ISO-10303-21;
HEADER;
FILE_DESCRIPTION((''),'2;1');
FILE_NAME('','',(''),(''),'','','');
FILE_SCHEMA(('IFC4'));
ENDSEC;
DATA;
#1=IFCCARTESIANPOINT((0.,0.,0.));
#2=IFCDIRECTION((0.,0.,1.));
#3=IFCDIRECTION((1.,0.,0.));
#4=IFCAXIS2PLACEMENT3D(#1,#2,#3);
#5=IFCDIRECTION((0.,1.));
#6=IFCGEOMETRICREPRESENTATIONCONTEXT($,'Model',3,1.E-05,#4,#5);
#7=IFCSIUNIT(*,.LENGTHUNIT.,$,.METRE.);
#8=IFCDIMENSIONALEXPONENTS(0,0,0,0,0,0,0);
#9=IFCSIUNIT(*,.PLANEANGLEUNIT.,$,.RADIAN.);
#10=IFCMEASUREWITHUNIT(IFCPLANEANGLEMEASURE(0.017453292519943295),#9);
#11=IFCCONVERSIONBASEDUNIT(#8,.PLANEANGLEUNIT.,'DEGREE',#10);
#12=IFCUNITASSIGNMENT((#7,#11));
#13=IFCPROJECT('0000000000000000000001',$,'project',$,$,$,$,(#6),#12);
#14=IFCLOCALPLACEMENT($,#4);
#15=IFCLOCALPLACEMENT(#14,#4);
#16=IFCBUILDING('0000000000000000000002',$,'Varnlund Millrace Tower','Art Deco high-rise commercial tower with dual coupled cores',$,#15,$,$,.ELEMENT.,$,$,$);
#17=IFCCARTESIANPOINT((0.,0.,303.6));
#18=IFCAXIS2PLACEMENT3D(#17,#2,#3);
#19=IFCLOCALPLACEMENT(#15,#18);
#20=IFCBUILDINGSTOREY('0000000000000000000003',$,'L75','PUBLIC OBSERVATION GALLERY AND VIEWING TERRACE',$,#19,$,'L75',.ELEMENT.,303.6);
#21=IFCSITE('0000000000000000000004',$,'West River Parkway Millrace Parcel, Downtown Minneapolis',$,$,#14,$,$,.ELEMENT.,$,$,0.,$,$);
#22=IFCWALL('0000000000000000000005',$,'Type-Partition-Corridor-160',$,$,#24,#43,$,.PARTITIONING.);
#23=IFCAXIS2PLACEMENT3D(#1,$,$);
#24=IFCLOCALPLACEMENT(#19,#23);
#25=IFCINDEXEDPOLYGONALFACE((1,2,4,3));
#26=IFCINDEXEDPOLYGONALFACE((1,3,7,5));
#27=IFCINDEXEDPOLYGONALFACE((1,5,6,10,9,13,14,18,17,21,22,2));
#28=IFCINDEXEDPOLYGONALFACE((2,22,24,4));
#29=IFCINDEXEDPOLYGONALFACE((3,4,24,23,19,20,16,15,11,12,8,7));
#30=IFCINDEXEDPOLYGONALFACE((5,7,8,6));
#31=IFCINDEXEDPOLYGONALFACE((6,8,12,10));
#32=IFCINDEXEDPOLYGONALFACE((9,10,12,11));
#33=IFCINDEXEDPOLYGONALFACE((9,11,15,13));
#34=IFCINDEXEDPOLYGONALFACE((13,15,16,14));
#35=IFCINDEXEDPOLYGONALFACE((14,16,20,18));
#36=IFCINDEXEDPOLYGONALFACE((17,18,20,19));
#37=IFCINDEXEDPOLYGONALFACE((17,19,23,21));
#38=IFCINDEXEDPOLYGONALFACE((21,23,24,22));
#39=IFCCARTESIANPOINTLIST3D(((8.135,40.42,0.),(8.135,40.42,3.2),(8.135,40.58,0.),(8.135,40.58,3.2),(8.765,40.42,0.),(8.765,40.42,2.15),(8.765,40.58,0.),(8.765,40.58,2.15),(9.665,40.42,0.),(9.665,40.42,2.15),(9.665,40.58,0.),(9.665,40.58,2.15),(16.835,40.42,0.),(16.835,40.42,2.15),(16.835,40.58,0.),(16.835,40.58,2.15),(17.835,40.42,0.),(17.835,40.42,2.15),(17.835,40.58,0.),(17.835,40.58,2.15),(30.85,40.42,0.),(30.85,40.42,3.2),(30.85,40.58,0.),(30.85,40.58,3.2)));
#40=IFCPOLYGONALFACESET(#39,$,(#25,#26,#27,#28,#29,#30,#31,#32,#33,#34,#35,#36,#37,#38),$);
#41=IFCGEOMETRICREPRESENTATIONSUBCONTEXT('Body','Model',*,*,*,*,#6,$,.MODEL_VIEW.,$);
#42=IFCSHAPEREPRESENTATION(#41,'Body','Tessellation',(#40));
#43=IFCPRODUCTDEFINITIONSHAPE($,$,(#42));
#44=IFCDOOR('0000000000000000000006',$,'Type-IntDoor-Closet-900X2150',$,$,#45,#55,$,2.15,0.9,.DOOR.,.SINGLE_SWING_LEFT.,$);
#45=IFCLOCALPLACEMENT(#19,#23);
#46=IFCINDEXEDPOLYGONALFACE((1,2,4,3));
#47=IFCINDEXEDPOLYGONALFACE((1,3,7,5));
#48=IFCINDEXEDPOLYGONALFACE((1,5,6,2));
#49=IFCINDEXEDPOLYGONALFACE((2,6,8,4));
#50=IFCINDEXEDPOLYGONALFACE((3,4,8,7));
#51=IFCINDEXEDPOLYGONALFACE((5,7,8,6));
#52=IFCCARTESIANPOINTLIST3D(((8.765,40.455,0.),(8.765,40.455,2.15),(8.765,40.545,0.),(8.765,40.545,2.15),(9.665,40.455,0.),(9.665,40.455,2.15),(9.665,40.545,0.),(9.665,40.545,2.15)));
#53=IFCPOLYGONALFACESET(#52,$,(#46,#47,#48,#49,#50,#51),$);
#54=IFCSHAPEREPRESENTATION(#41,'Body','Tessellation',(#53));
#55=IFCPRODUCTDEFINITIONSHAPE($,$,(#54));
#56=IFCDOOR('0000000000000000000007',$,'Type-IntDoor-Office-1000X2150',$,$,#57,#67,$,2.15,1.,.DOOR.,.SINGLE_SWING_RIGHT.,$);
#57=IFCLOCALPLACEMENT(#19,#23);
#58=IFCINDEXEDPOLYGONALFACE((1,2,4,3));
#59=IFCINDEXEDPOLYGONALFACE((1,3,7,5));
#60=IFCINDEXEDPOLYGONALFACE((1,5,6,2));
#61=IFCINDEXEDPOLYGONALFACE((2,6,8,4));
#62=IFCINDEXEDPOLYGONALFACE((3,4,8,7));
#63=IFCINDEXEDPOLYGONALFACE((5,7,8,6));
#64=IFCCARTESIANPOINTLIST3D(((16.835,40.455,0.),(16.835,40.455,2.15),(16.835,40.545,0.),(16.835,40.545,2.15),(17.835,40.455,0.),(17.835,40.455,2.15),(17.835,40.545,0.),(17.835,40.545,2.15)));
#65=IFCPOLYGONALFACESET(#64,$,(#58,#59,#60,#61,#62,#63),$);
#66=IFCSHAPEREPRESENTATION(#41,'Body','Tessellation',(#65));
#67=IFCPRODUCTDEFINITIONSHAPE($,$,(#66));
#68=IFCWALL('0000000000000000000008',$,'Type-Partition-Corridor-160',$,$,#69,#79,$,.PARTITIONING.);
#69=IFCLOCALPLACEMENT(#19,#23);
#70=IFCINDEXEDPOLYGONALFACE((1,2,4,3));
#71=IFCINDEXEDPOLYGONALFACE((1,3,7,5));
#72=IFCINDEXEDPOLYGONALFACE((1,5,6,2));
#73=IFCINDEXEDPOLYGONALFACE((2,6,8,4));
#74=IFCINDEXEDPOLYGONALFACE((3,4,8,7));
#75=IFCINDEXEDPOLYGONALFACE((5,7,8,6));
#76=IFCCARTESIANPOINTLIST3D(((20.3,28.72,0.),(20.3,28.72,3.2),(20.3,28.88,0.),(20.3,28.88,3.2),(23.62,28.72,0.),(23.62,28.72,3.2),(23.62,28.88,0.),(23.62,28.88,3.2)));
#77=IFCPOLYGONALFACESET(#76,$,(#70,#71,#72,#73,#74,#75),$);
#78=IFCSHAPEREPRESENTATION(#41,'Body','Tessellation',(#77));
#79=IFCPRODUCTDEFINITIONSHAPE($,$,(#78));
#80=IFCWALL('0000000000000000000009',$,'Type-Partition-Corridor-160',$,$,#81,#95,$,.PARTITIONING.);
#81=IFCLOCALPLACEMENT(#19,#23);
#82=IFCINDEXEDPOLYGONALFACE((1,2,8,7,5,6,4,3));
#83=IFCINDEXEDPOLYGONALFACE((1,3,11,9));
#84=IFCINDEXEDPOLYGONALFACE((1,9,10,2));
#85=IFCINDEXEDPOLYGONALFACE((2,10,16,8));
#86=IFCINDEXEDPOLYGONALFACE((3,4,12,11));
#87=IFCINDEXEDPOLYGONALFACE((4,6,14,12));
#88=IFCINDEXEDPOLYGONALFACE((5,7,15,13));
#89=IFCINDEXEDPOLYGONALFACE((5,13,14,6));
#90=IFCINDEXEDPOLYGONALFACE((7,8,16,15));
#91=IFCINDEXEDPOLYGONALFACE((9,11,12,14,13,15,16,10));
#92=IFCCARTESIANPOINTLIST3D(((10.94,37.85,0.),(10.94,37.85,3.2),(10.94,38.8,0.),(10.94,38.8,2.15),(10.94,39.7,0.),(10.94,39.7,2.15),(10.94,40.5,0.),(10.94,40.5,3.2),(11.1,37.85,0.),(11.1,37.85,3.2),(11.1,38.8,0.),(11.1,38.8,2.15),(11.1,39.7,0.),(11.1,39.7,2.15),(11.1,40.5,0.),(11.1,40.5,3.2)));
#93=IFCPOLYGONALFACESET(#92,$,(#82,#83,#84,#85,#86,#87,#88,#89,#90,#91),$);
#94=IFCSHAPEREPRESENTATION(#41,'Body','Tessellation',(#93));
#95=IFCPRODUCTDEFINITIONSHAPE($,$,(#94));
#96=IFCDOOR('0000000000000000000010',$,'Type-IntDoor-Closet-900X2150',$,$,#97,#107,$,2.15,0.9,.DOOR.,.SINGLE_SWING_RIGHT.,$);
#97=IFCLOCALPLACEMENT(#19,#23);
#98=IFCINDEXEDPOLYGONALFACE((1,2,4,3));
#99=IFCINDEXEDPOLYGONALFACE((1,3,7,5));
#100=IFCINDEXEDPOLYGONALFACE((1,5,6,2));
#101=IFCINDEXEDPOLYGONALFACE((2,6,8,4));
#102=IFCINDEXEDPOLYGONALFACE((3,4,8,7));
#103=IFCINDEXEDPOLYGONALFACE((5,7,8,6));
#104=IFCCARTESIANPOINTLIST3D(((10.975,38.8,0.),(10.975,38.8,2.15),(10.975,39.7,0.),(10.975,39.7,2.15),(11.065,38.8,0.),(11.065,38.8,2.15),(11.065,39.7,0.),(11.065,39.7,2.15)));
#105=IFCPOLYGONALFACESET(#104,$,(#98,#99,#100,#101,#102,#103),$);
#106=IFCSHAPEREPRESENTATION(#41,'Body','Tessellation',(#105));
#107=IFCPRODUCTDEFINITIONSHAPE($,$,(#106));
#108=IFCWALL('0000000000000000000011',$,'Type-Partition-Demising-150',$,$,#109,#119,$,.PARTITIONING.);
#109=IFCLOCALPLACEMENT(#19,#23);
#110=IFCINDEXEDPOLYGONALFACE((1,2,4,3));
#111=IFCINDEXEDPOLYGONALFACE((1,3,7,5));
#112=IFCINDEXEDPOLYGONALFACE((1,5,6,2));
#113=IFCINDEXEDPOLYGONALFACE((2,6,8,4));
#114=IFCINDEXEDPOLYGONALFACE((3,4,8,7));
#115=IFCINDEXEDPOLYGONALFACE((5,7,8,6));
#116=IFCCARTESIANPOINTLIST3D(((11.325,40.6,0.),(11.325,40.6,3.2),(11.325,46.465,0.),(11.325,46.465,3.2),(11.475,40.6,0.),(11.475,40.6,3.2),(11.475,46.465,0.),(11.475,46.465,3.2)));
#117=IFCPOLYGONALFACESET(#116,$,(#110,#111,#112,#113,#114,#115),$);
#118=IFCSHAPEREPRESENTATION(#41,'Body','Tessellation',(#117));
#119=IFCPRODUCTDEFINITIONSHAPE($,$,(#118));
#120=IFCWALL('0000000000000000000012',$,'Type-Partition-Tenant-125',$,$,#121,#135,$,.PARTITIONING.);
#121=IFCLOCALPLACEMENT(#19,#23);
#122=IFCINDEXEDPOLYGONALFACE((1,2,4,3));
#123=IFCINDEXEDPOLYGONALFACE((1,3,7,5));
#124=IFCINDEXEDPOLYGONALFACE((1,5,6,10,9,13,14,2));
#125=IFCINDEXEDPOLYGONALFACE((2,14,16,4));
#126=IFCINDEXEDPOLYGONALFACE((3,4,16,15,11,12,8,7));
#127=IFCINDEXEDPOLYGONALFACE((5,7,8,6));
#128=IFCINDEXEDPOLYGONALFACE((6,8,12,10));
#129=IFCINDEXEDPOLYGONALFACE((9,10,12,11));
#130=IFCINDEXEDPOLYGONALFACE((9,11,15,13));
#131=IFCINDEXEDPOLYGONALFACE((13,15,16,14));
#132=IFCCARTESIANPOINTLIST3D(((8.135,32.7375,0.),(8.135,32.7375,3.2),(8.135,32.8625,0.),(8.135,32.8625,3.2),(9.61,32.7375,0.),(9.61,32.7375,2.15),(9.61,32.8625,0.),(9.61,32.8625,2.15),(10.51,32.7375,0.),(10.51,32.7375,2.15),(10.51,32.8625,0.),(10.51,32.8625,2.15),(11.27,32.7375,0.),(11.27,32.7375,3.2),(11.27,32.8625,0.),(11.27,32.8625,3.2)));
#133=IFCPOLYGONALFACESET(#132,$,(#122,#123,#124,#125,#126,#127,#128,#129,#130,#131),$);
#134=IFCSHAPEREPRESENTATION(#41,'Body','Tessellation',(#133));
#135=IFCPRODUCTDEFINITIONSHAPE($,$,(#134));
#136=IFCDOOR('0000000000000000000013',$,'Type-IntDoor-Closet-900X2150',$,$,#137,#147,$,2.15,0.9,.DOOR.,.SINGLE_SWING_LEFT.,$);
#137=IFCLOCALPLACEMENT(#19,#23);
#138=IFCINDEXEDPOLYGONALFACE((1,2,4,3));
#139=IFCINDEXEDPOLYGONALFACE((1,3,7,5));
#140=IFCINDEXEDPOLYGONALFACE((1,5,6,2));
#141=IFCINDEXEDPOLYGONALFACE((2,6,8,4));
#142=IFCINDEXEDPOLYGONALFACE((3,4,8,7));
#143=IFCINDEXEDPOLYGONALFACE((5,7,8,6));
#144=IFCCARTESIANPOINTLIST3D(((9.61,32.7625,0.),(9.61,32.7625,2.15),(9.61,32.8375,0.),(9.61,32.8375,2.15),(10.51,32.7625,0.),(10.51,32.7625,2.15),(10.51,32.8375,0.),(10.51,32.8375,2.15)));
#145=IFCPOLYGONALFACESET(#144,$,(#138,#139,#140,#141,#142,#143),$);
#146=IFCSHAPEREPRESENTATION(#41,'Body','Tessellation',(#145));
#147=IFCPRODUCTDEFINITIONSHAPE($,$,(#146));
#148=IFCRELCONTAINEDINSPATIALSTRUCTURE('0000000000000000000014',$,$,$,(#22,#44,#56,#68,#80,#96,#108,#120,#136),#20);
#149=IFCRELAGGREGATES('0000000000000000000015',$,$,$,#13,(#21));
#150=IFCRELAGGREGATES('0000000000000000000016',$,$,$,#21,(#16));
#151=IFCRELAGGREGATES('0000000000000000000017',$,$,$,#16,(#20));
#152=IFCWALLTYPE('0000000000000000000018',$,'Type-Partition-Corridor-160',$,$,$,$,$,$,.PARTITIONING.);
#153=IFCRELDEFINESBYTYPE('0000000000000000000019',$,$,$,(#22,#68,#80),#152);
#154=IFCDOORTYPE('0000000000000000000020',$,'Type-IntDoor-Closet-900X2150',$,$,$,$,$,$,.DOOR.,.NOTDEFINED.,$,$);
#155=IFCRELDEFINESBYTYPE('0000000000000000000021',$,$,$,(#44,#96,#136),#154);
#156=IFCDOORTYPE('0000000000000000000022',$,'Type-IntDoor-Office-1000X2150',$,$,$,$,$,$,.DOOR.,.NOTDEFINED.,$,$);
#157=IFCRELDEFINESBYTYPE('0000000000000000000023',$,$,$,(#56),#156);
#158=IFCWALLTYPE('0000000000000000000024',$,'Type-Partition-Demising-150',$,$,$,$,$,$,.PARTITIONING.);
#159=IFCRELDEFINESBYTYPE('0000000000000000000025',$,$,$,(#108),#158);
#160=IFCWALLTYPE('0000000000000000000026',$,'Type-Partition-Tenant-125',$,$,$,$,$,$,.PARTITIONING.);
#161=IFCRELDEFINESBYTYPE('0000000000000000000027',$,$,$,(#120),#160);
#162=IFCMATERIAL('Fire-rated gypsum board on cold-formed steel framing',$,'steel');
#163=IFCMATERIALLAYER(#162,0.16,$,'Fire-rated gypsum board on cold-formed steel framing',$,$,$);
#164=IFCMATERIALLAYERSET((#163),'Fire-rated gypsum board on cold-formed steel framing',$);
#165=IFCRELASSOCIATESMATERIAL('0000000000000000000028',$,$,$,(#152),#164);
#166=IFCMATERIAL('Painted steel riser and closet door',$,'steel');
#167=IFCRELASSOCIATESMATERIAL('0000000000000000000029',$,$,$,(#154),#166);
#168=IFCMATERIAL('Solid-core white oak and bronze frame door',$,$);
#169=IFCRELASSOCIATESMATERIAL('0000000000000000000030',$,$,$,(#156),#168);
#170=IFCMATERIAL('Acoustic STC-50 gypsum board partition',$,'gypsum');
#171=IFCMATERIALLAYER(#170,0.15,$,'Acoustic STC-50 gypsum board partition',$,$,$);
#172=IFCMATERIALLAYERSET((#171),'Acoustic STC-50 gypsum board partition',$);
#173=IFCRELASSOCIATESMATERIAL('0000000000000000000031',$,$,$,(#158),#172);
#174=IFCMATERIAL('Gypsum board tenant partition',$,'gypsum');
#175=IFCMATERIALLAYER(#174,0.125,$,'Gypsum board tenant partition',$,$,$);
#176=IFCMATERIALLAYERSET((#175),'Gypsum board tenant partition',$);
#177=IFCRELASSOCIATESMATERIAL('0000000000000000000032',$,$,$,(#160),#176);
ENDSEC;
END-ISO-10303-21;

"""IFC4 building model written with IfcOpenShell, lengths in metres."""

from ifc_helpers import new_model, entity, si_unit, converted_unit, direction, frame, origin_with_axes, origin_2d_with_axis, place, context, subcontext, project, spatial, polyline, rectangle, outline, extrude, material, layer, layer_set, type_object, element, fill, save


model = new_model("IFC4")

# Units and contexts
model_context = context("Model", 3, precision=1e-05, world=origin_with_axes(), true_north=direction((0.0, 1.0)))
body_context = subcontext(model_context, "Body", "Model", "MODEL_VIEW")
ifc_project = project(units=[si_unit("LENGTHUNIT", "METRE"), converted_unit("PLANEANGLEUNIT", "DEGREE", entity("IfcPlaneAngleMeasure", 0.017453292519943295), si_unit("PLANEANGLEUNIT", "RADIAN"), dimensions=[0, 0, 0, 0, 0, 0, 0])], contexts=[model_context])

# Site, building, storey
site_placement = place(None, origin_with_axes())
site = spatial("IfcSite", under=ifc_project, at=site_placement, Name="West River Parkway Millrace Parcel, Downtown Minneapolis", CompositionType="ELEMENT", RefElevation=0.0)
building_placement = place(site_placement, origin_with_axes())
building = spatial("IfcBuilding", under=site, at=building_placement, Name="Varnlund Millrace Tower", Description="Art Deco high-rise commercial tower with dual coupled cores", CompositionType="ELEMENT")
storey_placement = place(building_placement, frame((0.0, 0.0, 303.6), z_axis=(0.0, 0.0, 1.0), x_axis=(1.0, 0.0, 0.0)))
storey = spatial("IfcBuildingStorey", under=building, at=storey_placement, Name="L75", Description="PUBLIC OBSERVATION GALLERY AND VIEWING TERRACE", LongName="L75", CompositionType="ELEMENT", Elevation=303.6)

# Wall, openings, doors
ifc_material_1 = material(Name="Fire-rated gypsum board on cold-formed steel framing", Category="steel")
ifc_layer_1 = layer(ifc_material_1, 0.16, Name="Fire-rated gypsum board on cold-formed steel framing")
ifc_layer_set_1 = layer_set([ifc_layer_1], Name="Fire-rated gypsum board on cold-formed steel framing")
wall_type_1 = type_object("IfcWallType", Name="Type-Partition-Corridor-160", PredefinedType="PARTITIONING", material=ifc_layer_set_1)
wall_1_placement = place(storey_placement, frame((8.135, 40.5, 0.0), z_axis=(0.0, 0.0, 1.0), x_axis=(1.0, 0.0, 0.0)))
wall_1 = element("IfcWall", 1, at=wall_1_placement, inside=storey, type_object=wall_type_1, Name="Type-Partition-Corridor-160", PredefinedType="PARTITIONING", context=body_context, shape_type="SweptSolid", body=[
    extrude(outline(polyline([(0.0, -0.08), (22.715, -0.08), (22.715, 0.08), (0.0, 0.08), (0.0, -0.08)])), origin_with_axes(), (0.0, 0.0, 1.0), 3.2),
])
opening_1_placement = place(wall_1_placement, frame((1.08, 0.0, 0.0), z_axis=(0.0, 0.0, 1.0), x_axis=(1.0, 0.0, 0.0)))
opening_1 = element("IfcOpeningElement", 2, at=opening_1_placement, cuts=wall_1, PredefinedType="OPENING", context=body_context, shape_type="SweptSolid", body=[
    extrude(rectangle(XDim=0.9, YDim=0.18, at=origin_2d_with_axis()), origin_with_axes(), (0.0, 0.0, 1.0), 2.15),
])
opening_2_placement = place(wall_1_placement, frame((9.2, 0.0, 0.0), z_axis=(0.0, 0.0, 1.0), x_axis=(1.0, 0.0, 0.0)))
opening_2 = element("IfcOpeningElement", 3, at=opening_2_placement, cuts=wall_1, PredefinedType="OPENING", context=body_context, shape_type="SweptSolid", body=[
    extrude(rectangle(XDim=1.0, YDim=0.18, at=origin_2d_with_axis()), origin_with_axes(), (0.0, 0.0, 1.0), 2.15),
])
ifc_material_2 = material(Name="Painted steel riser and closet door", Category="steel")
door_type_1 = type_object("IfcDoorType", Name="Type-IntDoor-Closet-900X2150", OperationType="NOTDEFINED", PredefinedType="DOOR", material=ifc_material_2)
door_1_placement = place(wall_1_placement, frame((1.08, 0.0, 0.0), z_axis=(0.0, 0.0, 1.0), x_axis=(1.0, 0.0, 0.0)))
door_1 = element("IfcDoor", 4, at=door_1_placement, inside=storey, type_object=door_type_1, Name="Type-IntDoor-Closet-900X2150", OperationType="SINGLE_SWING_LEFT", OverallHeight=2.15, OverallWidth=0.9, PredefinedType="DOOR", context=body_context, shape_type="SweptSolid", body=[
    extrude(rectangle(XDim=0.9, YDim=0.09, at=origin_2d_with_axis()), origin_with_axes(), (0.0, 0.0, 1.0), 2.15),
])
fill(opening_1, door_1)
ifc_material_3 = material(Name="Solid-core white oak and bronze frame door")
door_type_2 = type_object("IfcDoorType", Name="Type-IntDoor-Office-1000X2150", OperationType="NOTDEFINED", PredefinedType="DOOR", material=ifc_material_3)
door_2_placement = place(wall_1_placement, frame((9.2, 0.0, 0.0), z_axis=(0.0, 0.0, 1.0), x_axis=(1.0, 0.0, 0.0)))
door_2 = element("IfcDoor", 5, at=door_2_placement, inside=storey, type_object=door_type_2, Name="Type-IntDoor-Office-1000X2150", OperationType="SINGLE_SWING_RIGHT", OverallHeight=2.15, OverallWidth=1.0, PredefinedType="DOOR", context=body_context, shape_type="SweptSolid", body=[
    extrude(rectangle(XDim=1.0, YDim=0.09, at=origin_2d_with_axis()), origin_with_axes(), (0.0, 0.0, 1.0), 2.15),
])
fill(opening_2, door_2)

# Wall
wall_2_placement = place(storey_placement, frame((20.3, 28.8, 0.0), z_axis=(0.0, 0.0, 1.0), x_axis=(1.0, 0.0, 0.0)))
element("IfcWall", 6, at=wall_2_placement, inside=storey, type_object=wall_type_1, Name="Type-Partition-Corridor-160", PredefinedType="PARTITIONING", context=body_context, shape_type="SweptSolid", body=[
    extrude(outline(polyline([(0.0, -0.08), (3.32, -0.08), (3.32, 0.08), (0.0, 0.08), (0.0, -0.08)])), origin_with_axes(), (0.0, 0.0, 1.0), 3.2),
])

# Wall, opening, door
wall_3_placement = place(storey_placement, frame((11.02, 37.85, 0.0), z_axis=(0.0, 0.0, 1.0), x_axis=(0.0, 1.0, 0.0)))
wall_3 = element("IfcWall", 7, at=wall_3_placement, inside=storey, type_object=wall_type_1, Name="Type-Partition-Corridor-160", PredefinedType="PARTITIONING", context=body_context, shape_type="SweptSolid", body=[
    extrude(outline(polyline([(0.0, -0.08), (2.65, -0.08), (2.65, 0.08), (0.0, 0.08), (0.0, -0.08)])), origin_with_axes(), (0.0, 0.0, 1.0), 3.2),
])
opening_3_placement = place(wall_3_placement, frame((1.4, 0.0, 0.0), z_axis=(0.0, 0.0, 1.0), x_axis=(1.0, 0.0, 0.0)))
opening_3 = element("IfcOpeningElement", 8, at=opening_3_placement, cuts=wall_3, PredefinedType="OPENING", context=body_context, shape_type="SweptSolid", body=[
    extrude(rectangle(XDim=0.9, YDim=0.18, at=origin_2d_with_axis()), origin_with_axes(), (0.0, 0.0, 1.0), 2.15),
])
door_3_placement = place(wall_3_placement, frame((1.4, 0.0, 0.0), z_axis=(0.0, 0.0, 1.0), x_axis=(1.0, 0.0, 0.0)))
door_3 = element("IfcDoor", 9, at=door_3_placement, inside=storey, type_object=door_type_1, Name="Type-IntDoor-Closet-900X2150", OperationType="SINGLE_SWING_RIGHT", OverallHeight=2.15, OverallWidth=0.9, PredefinedType="DOOR", context=body_context, shape_type="SweptSolid", body=[
    extrude(rectangle(XDim=0.9, YDim=0.09, at=origin_2d_with_axis()), origin_with_axes(), (0.0, 0.0, 1.0), 2.15),
])
fill(opening_3, door_3)

# Wall
ifc_material_4 = material(Name="Acoustic STC-50 gypsum board partition", Category="gypsum")
ifc_layer_2 = layer(ifc_material_4, 0.15, Name="Acoustic STC-50 gypsum board partition")
ifc_layer_set_2 = layer_set([ifc_layer_2], Name="Acoustic STC-50 gypsum board partition")
wall_type_2 = type_object("IfcWallType", Name="Type-Partition-Demising-150", PredefinedType="PARTITIONING", material=ifc_layer_set_2)
wall_4_placement = place(storey_placement, frame((11.4, 40.6, 0.0), z_axis=(0.0, 0.0, 1.0), x_axis=(0.0, 1.0, 0.0)))
element("IfcWall", 10, at=wall_4_placement, inside=storey, type_object=wall_type_2, Name="Type-Partition-Demising-150", PredefinedType="PARTITIONING", context=body_context, shape_type="SweptSolid", body=[
    extrude(outline(polyline([(0.0, -0.075), (5.865, -0.075), (5.865, 0.075), (0.0, 0.075), (0.0, -0.075)])), origin_with_axes(), (0.0, 0.0, 1.0), 3.2),
])

# Wall, opening, door
ifc_material_5 = material(Name="Gypsum board tenant partition", Category="gypsum")
ifc_layer_3 = layer(ifc_material_5, 0.125, Name="Gypsum board tenant partition")
ifc_layer_set_3 = layer_set([ifc_layer_3], Name="Gypsum board tenant partition")
wall_type_3 = type_object("IfcWallType", Name="Type-Partition-Tenant-125", PredefinedType="PARTITIONING", material=ifc_layer_set_3)
wall_5_placement = place(storey_placement, frame((8.135, 32.8, 0.0), z_axis=(0.0, 0.0, 1.0), x_axis=(1.0, 0.0, 0.0)))
wall_5 = element("IfcWall", 11, at=wall_5_placement, inside=storey, type_object=wall_type_3, Name="Type-Partition-Tenant-125", PredefinedType="PARTITIONING", context=body_context, shape_type="SweptSolid", body=[
    extrude(outline(polyline([(0.0, -0.0625), (3.135, -0.0625), (3.135, 0.0625), (0.0, 0.0625), (0.0, -0.0625)])), origin_with_axes(), (0.0, 0.0, 1.0), 3.2),
])
opening_4_placement = place(wall_5_placement, frame((1.925, 0.0, 0.0), z_axis=(0.0, 0.0, 1.0), x_axis=(1.0, 0.0, 0.0)))
opening_4 = element("IfcOpeningElement", 12, at=opening_4_placement, cuts=wall_5, PredefinedType="OPENING", context=body_context, shape_type="SweptSolid", body=[
    extrude(rectangle(XDim=0.9, YDim=0.145, at=origin_2d_with_axis()), origin_with_axes(), (0.0, 0.0, 1.0), 2.15),
])
door_4_placement = place(wall_5_placement, frame((1.925, 0.0, 0.0), z_axis=(0.0, 0.0, 1.0), x_axis=(1.0, 0.0, 0.0)))
door_4 = element("IfcDoor", 13, at=door_4_placement, inside=storey, type_object=door_type_1, Name="Type-IntDoor-Closet-900X2150", OperationType="SINGLE_SWING_LEFT", OverallHeight=2.15, OverallWidth=0.9, PredefinedType="DOOR", context=body_context, shape_type="SweptSolid", body=[
    extrude(rectangle(XDim=0.9, YDim=0.075, at=origin_2d_with_axis()), origin_with_axes(), (0.0, 0.0, 1.0), 2.15),
])
fill(opening_4, door_4)

save(model, "model.ifc")
